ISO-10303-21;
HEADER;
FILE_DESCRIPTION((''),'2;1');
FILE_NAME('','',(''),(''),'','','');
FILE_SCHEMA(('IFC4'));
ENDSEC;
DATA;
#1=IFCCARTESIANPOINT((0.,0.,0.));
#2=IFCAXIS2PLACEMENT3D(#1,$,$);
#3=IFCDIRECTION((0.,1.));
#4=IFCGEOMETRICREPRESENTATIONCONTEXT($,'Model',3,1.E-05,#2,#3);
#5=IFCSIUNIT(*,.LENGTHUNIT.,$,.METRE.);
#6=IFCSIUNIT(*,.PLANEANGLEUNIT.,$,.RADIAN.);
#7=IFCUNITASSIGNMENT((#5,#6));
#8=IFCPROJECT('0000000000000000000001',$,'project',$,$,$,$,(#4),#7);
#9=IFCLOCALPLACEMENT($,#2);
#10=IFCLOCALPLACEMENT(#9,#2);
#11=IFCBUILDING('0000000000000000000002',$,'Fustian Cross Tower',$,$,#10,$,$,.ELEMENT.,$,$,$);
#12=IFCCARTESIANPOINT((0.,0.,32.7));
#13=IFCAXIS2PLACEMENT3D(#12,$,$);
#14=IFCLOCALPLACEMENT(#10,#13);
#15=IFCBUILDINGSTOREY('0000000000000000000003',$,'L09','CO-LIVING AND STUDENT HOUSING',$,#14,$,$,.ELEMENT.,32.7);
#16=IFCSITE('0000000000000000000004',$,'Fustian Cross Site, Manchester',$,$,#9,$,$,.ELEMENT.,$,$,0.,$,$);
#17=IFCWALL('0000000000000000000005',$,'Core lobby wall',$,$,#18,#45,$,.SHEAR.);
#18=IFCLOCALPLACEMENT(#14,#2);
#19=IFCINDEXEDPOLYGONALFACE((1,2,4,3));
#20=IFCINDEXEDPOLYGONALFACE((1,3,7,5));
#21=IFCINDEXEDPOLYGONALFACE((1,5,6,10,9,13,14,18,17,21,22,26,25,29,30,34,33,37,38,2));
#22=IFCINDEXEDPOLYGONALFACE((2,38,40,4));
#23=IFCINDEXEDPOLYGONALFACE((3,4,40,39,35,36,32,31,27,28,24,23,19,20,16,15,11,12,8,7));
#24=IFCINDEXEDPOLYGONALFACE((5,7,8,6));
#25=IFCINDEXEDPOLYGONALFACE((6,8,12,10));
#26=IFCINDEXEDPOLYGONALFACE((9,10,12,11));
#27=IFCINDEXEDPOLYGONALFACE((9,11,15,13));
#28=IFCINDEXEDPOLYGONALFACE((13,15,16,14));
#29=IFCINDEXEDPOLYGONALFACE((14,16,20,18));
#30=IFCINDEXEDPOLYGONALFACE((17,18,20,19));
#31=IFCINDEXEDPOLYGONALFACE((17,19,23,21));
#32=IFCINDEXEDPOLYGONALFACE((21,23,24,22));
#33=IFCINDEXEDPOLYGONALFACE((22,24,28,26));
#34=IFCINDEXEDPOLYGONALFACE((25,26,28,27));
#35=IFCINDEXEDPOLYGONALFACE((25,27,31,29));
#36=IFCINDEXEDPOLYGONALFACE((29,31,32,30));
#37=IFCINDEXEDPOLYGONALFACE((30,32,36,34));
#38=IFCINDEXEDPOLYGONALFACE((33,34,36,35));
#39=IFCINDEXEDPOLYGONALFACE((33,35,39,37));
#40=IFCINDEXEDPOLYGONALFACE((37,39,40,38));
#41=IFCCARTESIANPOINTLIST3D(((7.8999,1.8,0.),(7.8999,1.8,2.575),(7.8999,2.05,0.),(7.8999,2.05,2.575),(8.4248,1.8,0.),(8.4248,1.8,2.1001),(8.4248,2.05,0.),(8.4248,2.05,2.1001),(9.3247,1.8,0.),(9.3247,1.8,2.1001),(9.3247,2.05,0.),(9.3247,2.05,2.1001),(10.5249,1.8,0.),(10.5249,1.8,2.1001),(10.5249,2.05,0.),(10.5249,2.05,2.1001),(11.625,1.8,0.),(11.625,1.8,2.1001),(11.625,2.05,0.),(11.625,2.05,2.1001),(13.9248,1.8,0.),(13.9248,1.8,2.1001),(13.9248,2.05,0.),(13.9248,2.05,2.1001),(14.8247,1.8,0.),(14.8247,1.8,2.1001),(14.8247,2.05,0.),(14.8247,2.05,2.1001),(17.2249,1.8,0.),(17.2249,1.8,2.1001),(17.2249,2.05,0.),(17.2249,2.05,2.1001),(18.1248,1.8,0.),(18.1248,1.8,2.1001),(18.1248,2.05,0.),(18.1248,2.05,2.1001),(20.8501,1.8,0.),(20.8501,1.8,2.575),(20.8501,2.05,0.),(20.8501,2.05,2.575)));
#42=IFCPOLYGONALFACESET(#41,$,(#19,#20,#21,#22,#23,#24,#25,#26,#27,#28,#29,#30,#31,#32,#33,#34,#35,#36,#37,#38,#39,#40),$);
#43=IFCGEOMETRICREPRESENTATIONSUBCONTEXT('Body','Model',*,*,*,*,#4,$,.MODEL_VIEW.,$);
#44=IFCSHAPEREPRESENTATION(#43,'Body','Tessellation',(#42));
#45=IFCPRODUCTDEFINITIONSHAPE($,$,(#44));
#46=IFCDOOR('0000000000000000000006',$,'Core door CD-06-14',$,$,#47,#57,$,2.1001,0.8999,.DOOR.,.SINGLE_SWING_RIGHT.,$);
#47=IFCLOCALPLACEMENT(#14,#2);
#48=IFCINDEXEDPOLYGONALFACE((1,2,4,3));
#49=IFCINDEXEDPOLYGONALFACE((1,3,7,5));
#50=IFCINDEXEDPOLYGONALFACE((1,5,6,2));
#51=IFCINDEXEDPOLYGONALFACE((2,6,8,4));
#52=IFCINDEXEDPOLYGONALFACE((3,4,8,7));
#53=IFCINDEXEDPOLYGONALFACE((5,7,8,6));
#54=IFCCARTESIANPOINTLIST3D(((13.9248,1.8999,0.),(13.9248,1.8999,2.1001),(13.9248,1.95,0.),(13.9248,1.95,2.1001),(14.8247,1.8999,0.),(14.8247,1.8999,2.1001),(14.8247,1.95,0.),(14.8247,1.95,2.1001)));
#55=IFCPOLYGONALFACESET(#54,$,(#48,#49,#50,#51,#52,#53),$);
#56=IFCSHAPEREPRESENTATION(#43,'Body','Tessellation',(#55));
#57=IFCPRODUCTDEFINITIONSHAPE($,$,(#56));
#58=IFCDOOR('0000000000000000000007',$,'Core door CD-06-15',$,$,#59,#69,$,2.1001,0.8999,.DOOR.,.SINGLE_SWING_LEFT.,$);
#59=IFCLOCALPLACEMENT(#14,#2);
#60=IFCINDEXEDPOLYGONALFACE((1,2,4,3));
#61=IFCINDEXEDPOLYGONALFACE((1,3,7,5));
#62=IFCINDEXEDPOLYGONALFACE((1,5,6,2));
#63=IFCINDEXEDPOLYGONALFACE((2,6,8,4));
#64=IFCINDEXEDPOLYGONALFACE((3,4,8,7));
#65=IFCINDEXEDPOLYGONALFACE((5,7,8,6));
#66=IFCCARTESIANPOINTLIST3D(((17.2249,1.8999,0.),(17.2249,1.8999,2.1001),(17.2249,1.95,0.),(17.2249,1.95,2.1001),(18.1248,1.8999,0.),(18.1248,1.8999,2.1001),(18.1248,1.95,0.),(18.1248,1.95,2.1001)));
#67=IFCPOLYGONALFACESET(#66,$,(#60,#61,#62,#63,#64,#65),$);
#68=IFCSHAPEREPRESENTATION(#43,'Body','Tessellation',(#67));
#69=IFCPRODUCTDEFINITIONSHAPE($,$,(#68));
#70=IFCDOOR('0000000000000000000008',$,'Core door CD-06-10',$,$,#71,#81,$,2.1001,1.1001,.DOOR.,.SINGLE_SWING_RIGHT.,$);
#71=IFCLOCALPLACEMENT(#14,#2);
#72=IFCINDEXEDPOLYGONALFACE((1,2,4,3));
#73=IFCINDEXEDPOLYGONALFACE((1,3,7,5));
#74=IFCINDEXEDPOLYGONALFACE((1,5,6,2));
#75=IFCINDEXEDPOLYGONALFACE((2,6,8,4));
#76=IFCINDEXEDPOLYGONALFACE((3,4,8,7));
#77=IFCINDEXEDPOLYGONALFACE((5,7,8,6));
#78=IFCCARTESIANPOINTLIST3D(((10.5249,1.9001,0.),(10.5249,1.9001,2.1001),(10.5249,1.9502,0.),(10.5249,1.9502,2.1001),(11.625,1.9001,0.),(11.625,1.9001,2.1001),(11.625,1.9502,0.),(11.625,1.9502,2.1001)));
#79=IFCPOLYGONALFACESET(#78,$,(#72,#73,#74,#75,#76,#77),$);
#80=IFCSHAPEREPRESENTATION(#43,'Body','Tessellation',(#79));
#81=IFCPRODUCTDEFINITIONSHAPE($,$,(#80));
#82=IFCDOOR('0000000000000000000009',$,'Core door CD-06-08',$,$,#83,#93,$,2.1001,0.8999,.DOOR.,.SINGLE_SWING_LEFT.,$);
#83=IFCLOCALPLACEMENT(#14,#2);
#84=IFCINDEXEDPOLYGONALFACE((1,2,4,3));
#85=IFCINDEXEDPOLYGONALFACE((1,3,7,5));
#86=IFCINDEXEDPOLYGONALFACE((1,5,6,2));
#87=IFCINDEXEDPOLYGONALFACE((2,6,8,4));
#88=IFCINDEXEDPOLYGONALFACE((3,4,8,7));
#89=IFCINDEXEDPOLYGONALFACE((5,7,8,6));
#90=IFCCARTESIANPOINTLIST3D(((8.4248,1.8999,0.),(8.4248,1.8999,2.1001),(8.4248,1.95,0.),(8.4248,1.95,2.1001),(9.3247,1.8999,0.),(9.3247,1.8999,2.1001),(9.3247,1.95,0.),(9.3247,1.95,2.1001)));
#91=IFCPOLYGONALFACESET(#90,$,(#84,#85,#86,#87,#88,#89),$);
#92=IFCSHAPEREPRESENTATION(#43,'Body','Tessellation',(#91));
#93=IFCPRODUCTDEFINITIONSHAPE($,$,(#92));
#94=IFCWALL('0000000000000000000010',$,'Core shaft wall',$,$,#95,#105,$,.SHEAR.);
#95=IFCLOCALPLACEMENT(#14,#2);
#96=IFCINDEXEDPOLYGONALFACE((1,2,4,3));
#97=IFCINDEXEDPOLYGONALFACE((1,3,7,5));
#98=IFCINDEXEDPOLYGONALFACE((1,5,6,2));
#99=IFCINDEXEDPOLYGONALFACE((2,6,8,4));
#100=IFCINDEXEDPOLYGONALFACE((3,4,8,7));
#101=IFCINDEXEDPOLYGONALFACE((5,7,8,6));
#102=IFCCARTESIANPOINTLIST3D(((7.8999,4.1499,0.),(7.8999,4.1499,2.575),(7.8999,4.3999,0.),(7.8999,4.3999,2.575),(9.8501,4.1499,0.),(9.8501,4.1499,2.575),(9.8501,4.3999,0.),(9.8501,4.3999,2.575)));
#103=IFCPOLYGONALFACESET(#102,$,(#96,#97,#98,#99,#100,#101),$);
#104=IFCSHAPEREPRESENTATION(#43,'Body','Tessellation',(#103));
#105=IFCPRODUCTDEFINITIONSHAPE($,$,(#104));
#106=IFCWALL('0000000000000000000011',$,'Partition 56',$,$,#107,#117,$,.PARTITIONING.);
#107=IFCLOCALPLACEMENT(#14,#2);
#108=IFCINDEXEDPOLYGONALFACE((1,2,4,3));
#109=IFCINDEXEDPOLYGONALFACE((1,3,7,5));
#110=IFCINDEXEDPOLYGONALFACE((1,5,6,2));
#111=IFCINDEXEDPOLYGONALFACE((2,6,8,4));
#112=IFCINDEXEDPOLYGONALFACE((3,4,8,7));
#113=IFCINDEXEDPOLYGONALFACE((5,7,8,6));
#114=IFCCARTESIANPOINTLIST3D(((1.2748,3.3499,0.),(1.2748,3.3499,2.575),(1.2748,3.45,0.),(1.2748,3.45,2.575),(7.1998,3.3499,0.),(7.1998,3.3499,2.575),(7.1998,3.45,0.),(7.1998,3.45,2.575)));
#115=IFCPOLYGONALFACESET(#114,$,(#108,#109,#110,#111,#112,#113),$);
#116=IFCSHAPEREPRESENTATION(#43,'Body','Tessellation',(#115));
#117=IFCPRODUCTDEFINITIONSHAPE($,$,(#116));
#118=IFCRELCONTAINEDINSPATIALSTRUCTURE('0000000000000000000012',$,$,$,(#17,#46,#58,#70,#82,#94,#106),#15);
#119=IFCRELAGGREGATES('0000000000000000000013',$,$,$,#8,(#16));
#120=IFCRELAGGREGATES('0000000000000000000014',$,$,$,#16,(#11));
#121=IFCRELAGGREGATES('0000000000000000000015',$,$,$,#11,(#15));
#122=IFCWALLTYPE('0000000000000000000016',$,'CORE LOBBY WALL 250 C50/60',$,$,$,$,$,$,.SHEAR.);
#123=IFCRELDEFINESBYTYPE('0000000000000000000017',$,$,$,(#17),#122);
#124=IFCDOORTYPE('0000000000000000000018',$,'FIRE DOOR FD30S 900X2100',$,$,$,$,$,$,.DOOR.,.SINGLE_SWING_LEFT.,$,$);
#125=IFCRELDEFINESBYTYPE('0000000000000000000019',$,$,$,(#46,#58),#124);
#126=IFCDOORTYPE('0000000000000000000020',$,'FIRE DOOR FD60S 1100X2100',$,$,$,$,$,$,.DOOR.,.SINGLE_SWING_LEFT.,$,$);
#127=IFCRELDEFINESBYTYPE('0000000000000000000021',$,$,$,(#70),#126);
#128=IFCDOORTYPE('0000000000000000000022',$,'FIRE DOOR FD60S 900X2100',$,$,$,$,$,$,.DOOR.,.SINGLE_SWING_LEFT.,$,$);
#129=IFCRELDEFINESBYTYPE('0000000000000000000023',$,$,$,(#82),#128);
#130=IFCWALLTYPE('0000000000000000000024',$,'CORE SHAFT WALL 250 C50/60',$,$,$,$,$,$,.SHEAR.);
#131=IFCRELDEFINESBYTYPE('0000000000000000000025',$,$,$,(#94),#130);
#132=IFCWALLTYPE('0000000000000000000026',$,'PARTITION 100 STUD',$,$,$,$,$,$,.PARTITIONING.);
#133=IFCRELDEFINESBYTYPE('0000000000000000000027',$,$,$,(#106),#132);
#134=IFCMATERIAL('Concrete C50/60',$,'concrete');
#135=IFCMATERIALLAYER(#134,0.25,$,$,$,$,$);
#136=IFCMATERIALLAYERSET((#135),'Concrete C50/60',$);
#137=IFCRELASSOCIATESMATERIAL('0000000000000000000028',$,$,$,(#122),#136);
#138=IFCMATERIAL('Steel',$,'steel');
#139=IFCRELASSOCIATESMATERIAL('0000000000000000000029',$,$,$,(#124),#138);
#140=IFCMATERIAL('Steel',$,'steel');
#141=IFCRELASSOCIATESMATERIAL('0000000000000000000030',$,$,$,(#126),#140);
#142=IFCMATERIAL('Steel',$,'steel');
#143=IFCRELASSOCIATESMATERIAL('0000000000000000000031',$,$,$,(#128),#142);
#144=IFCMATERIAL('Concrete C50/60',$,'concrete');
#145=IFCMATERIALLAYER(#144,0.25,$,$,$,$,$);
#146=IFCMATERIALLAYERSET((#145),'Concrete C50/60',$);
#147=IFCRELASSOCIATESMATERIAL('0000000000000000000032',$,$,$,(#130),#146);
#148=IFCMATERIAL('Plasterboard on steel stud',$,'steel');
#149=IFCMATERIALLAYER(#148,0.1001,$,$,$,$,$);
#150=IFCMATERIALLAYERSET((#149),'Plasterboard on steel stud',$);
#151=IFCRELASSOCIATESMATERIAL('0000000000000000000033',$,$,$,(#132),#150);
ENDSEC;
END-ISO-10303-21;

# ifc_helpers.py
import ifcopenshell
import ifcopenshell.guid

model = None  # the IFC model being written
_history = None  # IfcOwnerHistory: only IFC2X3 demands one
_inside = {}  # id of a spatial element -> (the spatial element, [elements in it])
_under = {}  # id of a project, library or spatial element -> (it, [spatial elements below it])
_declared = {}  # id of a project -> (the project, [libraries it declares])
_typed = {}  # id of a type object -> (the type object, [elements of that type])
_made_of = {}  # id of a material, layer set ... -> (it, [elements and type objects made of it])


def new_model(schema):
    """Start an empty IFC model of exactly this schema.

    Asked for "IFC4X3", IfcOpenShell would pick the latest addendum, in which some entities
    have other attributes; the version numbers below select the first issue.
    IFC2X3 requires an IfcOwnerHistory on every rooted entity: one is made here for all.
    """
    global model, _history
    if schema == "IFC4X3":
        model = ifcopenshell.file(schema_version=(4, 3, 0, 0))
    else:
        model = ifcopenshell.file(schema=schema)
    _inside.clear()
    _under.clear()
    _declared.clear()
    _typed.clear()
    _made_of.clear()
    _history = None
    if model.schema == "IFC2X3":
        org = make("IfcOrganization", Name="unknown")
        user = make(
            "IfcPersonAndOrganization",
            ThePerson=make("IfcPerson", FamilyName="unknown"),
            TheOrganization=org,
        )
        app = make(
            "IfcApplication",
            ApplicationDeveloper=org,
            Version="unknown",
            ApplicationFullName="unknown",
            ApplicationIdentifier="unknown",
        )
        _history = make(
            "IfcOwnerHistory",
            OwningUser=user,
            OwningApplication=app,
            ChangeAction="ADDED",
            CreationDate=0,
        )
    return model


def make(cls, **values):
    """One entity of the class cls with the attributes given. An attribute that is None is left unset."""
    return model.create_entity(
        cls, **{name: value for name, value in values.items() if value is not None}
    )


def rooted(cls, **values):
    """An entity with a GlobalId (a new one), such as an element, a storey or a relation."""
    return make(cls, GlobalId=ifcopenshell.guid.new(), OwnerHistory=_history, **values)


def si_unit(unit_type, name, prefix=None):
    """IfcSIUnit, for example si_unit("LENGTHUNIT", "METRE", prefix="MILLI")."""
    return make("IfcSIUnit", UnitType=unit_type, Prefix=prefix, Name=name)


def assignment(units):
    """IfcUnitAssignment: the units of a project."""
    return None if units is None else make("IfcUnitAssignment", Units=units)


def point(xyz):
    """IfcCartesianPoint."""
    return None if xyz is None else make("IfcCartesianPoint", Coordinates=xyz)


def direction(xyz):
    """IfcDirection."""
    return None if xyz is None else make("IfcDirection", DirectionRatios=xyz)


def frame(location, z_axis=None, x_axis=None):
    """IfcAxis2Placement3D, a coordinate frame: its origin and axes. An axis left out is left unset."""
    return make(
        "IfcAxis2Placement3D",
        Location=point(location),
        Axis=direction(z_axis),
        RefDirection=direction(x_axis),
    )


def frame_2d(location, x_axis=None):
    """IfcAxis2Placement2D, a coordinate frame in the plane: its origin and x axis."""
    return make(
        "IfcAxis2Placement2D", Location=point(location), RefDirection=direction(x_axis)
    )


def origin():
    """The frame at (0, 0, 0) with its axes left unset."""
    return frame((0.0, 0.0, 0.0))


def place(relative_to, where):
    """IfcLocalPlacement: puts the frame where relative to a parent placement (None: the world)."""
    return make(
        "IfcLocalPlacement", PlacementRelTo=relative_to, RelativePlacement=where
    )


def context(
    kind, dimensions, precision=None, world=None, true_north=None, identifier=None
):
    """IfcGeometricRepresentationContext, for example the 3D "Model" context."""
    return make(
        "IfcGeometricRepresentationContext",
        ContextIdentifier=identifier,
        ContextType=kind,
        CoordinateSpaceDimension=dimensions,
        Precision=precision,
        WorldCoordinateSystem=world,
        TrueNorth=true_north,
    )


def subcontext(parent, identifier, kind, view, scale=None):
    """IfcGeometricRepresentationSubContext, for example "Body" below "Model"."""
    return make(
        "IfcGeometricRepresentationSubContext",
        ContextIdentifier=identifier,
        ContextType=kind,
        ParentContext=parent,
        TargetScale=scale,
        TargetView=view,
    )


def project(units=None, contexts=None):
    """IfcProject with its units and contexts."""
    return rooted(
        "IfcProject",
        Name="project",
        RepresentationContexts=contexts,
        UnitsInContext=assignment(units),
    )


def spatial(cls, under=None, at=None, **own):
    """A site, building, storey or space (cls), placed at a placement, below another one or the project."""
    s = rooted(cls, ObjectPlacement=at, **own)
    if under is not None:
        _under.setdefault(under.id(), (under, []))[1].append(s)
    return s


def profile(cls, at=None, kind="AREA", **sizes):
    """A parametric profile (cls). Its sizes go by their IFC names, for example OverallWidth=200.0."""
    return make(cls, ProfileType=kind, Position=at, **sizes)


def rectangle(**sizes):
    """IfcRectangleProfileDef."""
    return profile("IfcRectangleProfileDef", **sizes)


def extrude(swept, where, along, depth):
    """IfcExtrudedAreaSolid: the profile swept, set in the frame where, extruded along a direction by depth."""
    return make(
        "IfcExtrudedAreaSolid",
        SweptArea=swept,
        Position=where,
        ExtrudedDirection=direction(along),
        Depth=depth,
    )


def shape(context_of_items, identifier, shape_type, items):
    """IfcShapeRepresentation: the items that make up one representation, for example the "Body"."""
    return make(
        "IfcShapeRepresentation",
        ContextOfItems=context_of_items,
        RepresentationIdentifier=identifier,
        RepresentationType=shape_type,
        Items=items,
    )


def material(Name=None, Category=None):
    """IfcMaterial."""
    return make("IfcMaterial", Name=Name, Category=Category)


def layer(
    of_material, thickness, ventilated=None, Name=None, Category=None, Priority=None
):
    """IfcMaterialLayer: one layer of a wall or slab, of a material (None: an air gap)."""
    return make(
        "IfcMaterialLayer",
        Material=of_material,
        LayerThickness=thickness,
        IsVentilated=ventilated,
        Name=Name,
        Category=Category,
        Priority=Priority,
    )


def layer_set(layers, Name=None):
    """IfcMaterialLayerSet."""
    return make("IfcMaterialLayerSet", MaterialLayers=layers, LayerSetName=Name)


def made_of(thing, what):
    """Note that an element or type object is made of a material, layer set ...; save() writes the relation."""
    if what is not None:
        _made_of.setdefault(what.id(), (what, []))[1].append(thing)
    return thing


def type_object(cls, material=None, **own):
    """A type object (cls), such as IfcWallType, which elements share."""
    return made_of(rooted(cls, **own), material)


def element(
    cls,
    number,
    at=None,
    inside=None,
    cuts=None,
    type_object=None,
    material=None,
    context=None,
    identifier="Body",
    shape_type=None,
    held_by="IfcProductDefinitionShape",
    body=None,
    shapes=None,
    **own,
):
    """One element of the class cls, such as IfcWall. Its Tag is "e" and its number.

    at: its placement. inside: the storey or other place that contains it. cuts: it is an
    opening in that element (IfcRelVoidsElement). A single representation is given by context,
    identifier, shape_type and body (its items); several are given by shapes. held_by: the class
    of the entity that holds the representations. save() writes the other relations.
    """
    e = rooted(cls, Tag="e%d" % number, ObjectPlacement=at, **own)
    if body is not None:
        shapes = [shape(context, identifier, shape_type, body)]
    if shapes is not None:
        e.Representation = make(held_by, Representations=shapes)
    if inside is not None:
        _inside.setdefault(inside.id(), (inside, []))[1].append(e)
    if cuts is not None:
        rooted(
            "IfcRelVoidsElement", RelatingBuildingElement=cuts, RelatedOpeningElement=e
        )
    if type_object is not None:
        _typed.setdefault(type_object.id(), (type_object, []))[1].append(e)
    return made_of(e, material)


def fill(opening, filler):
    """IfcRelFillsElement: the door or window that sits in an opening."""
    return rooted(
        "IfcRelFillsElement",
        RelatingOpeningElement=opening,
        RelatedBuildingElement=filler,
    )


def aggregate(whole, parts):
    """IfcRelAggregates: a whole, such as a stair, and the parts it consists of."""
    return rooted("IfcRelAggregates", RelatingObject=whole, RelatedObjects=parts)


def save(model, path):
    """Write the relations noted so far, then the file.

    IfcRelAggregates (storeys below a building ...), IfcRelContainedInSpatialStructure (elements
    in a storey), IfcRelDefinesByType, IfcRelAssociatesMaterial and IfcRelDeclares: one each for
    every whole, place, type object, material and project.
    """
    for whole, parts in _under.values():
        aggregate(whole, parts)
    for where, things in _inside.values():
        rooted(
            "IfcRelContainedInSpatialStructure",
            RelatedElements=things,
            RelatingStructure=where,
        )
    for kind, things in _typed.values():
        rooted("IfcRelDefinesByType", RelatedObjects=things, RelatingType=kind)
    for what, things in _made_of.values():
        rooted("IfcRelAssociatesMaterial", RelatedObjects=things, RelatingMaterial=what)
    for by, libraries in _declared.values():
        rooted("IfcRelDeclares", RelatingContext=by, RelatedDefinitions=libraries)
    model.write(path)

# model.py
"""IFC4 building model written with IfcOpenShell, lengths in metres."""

from ifc_helpers import new_model, si_unit, direction, frame, frame_2d, origin, place, context, subcontext, project, spatial, rectangle, extrude, material, layer, layer_set, type_object, element, fill, save


model = new_model("IFC4")

# Units and contexts
model_context = context("Model", 3, precision=1e-05, world=origin(), true_north=direction((0.0, 1.0)))
body_context = subcontext(model_context, "Body", "Model", "MODEL_VIEW")
ifc_project = project(units=[si_unit("LENGTHUNIT", "METRE"), si_unit("PLANEANGLEUNIT", "RADIAN")], contexts=[model_context])

# Site, building, storey
site_placement = place(None, origin())
site = spatial("IfcSite", under=ifc_project, at=site_placement, Name="Fustian Cross Site, Manchester", CompositionType="ELEMENT", RefElevation=0.0)
building_placement = place(site_placement, origin())
building = spatial("IfcBuilding", under=site, at=building_placement, Name="Fustian Cross Tower", CompositionType="ELEMENT")
storey_placement = place(building_placement, frame((0.0, 0.0, 32.7)))
storey = spatial("IfcBuildingStorey", under=building, at=storey_placement, Name="L09", Description="CO-LIVING AND STUDENT HOUSING", CompositionType="ELEMENT", Elevation=32.7)

# Wall, openings, doors
ifc_material_1 = material(Name="Concrete C50/60", Category="concrete")
ifc_layer_1 = layer(ifc_material_1, 0.25)
ifc_layer_set_1 = layer_set([ifc_layer_1], Name="Concrete C50/60")
wall_type_1 = type_object("IfcWallType", Name="CORE LOBBY WALL 250 C50/60", PredefinedType="SHEAR", material=ifc_layer_set_1)
wall_1_placement = place(storey_placement, frame((7.8999, 1.925, 0.0), z_axis=(0.0, 0.0, 1.0), x_axis=(1.0, 0.0, 0.0)))
wall_1 = element("IfcWall", 1, at=wall_1_placement, inside=storey, type_object=wall_type_1, Name="Core lobby wall", PredefinedType="SHEAR", context=body_context, shape_type="SweptSolid", body=[
    extrude(rectangle(XDim=12.9502, YDim=0.25, at=frame_2d((6.4751, 0.0))), origin(), (0.0, 0.0, 1.0), 2.575),
])
opening_1_placement = place(wall_1_placement, frame((0.5249, 0.0, 0.0)))
opening_1 = element("IfcOpeningElement", 2, at=opening_1_placement, cuts=wall_1, PredefinedType="OPENING", context=body_context, shape_type="SweptSolid", body=[
    extrude(rectangle(XDim=0.8999, YDim=2.1001, at=frame_2d((0.45, 1.05))), frame((0.0, 0.135, 0.0), z_axis=(0.0, -1.0, 0.0), x_axis=(1.0, 0.0, 0.0)), (0.0, 0.0, 1.0), 0.27),
])
opening_2_placement = place(wall_1_placement, frame((2.625, 0.0, 0.0)))
opening_2 = element("IfcOpeningElement", 3, at=opening_2_placement, cuts=wall_1, PredefinedType="OPENING", context=body_context, shape_type="SweptSolid", body=[
    extrude(rectangle(XDim=1.1001, YDim=2.1001, at=frame_2d((0.55, 1.05))), frame((0.0, 0.135, 0.0), z_axis=(0.0, -1.0, 0.0), x_axis=(1.0, 0.0, 0.0)), (0.0, 0.0, 1.0), 0.27),
])
opening_3_placement = place(wall_1_placement, frame((6.0249, 0.0, 0.0)))
opening_3 = element("IfcOpeningElement", 4, at=opening_3_placement, cuts=wall_1, PredefinedType="OPENING", context=body_context, shape_type="SweptSolid", body=[
    extrude(rectangle(XDim=0.8999, YDim=2.1001, at=frame_2d((0.45, 1.05))), frame((0.0, 0.135, 0.0), z_axis=(0.0, -1.0, 0.0), x_axis=(1.0, 0.0, 0.0)), (0.0, 0.0, 1.0), 0.27),
])
opening_4_placement = place(wall_1_placement, frame((9.325, 0.0, 0.0)))
opening_4 = element("IfcOpeningElement", 5, at=opening_4_placement, cuts=wall_1, PredefinedType="OPENING", context=body_context, shape_type="SweptSolid", body=[
    extrude(rectangle(XDim=0.8999, YDim=2.1001, at=frame_2d((0.45, 1.05))), frame((0.0, 0.135, 0.0), z_axis=(0.0, -1.0, 0.0), x_axis=(1.0, 0.0, 0.0)), (0.0, 0.0, 1.0), 0.27),
])
ifc_material_2 = material(Name="Steel", Category="steel")
door_type_1 = type_object("IfcDoorType", Name="FIRE DOOR FD30S 900X2100", OperationType="SINGLE_SWING_LEFT", PredefinedType="DOOR", material=ifc_material_2)
door_1_placement = place(opening_3_placement, origin())
door_1 = element("IfcDoor", 6, at=door_1_placement, inside=storey, type_object=door_type_1, Name="Core door CD-06-14", OperationType="SINGLE_SWING_RIGHT", OverallHeight=2.1001, OverallWidth=0.8999, PredefinedType="DOOR", context=body_context, shape_type="SweptSolid", body=[
    extrude(rectangle(XDim=0.8999, YDim=2.1001, at=frame_2d((0.45, 1.05))), frame((0.0, 0.0249, 0.0), z_axis=(0.0, -1.0, 0.0), x_axis=(1.0, 0.0, 0.0)), (0.0, 0.0, 1.0), 0.05),
])
fill(opening_3, door_1)
door_2_placement = place(opening_4_placement, origin())
door_2 = element("IfcDoor", 7, at=door_2_placement, inside=storey, type_object=door_type_1, Name="Core door CD-06-15", OperationType="SINGLE_SWING_LEFT", OverallHeight=2.1001, OverallWidth=0.8999, PredefinedType="DOOR", context=body_context, shape_type="SweptSolid", body=[
    extrude(rectangle(XDim=0.8999, YDim=2.1001, at=frame_2d((0.45, 1.05))), frame((0.0, 0.0249, 0.0), z_axis=(0.0, -1.0, 0.0), x_axis=(1.0, 0.0, 0.0)), (0.0, 0.0, 1.0), 0.05),
])
fill(opening_4, door_2)
ifc_material_3 = material(Name="Steel", Category="steel")
door_type_2 = type_object("IfcDoorType", Name="FIRE DOOR FD60S 1100X2100", OperationType="SINGLE_SWING_LEFT", PredefinedType="DOOR", material=ifc_material_3)
door_3_placement = place(opening_2_placement, frame((1.1001, 0.0, 0.0), z_axis=(0.0, 0.0, 1.0), x_axis=(-1.0, 0.0, 0.0)))
door_3 = element("IfcDoor", 8, at=door_3_placement, inside=storey, type_object=door_type_2, Name="Core door CD-06-10", OperationType="SINGLE_SWING_RIGHT", OverallHeight=2.1001, OverallWidth=1.1001, PredefinedType="DOOR", context=body_context, shape_type="SweptSolid", body=[
    extrude(rectangle(XDim=1.1001, YDim=2.1001, at=frame_2d((0.55, 1.05))), frame((0.0, 0.0249, 0.0), z_axis=(0.0, -1.0, 0.0), x_axis=(1.0, 0.0, 0.0)), (0.0, 0.0, 1.0), 0.05),
])
fill(opening_2, door_3)
ifc_material_4 = material(Name="Steel", Category="steel")
door_type_3 = type_object("IfcDoorType", Name="FIRE DOOR FD60S 900X2100", OperationType="SINGLE_SWING_LEFT", PredefinedType="DOOR", material=ifc_material_4)
door_4_placement = place(opening_1_placement, origin())
door_4 = element("IfcDoor", 9, at=door_4_placement, inside=storey, type_object=door_type_3, Name="Core door CD-06-08", OperationType="SINGLE_SWING_LEFT", OverallHeight=2.1001, OverallWidth=0.8999, PredefinedType="DOOR", context=body_context, shape_type="SweptSolid", body=[
    extrude(rectangle(XDim=0.8999, YDim=2.1001, at=frame_2d((0.45, 1.05))), frame((0.0, 0.0249, 0.0), z_axis=(0.0, -1.0, 0.0), x_axis=(1.0, 0.0, 0.0)), (0.0, 0.0, 1.0), 0.05),
])
fill(opening_1, door_4)

# Walls
ifc_material_5 = material(Name="Concrete C50/60", Category="concrete")
ifc_layer_2 = layer(ifc_material_5, 0.25)
ifc_layer_set_2 = layer_set([ifc_layer_2], Name="Concrete C50/60")
wall_type_2 = type_object("IfcWallType", Name="CORE SHAFT WALL 250 C50/60", PredefinedType="SHEAR", material=ifc_layer_set_2)
wall_2_placement = place(storey_placement, frame((7.8999, 4.2749, 0.0), z_axis=(0.0, 0.0, 1.0), x_axis=(1.0, 0.0, 0.0)))
element("IfcWall", 10, at=wall_2_placement, inside=storey, type_object=wall_type_2, Name="Core shaft wall", PredefinedType="SHEAR", context=body_context, shape_type="SweptSolid", body=[
    extrude(rectangle(XDim=1.9502, YDim=0.25, at=frame_2d((0.9751, 0.0))), origin(), (0.0, 0.0, 1.0), 2.575),
])
ifc_material_6 = material(Name="Plasterboard on steel stud", Category="steel")
ifc_layer_3 = layer(ifc_material_6, 0.1001)
ifc_layer_set_3 = layer_set([ifc_layer_3], Name="Plasterboard on steel stud")
wall_type_3 = type_object("IfcWallType", Name="PARTITION 100 STUD", PredefinedType="PARTITIONING", material=ifc_layer_set_3)
wall_3_placement = place(storey_placement, frame((1.2749, 3.3999, 0.0), z_axis=(0.0, 0.0, 1.0), x_axis=(1.0, 0.0, 0.0)))
element("IfcWall", 11, at=wall_3_placement, inside=storey, type_object=wall_type_3, Name="Partition 56", PredefinedType="PARTITIONING", context=body_context, shape_type="SweptSolid", body=[
    extrude(rectangle(XDim=5.925, YDim=0.1001, at=frame_2d((2.9624, 0.0))), origin(), (0.0, 0.0, 1.0), 2.575),
])

save(model, "model.ifc")
